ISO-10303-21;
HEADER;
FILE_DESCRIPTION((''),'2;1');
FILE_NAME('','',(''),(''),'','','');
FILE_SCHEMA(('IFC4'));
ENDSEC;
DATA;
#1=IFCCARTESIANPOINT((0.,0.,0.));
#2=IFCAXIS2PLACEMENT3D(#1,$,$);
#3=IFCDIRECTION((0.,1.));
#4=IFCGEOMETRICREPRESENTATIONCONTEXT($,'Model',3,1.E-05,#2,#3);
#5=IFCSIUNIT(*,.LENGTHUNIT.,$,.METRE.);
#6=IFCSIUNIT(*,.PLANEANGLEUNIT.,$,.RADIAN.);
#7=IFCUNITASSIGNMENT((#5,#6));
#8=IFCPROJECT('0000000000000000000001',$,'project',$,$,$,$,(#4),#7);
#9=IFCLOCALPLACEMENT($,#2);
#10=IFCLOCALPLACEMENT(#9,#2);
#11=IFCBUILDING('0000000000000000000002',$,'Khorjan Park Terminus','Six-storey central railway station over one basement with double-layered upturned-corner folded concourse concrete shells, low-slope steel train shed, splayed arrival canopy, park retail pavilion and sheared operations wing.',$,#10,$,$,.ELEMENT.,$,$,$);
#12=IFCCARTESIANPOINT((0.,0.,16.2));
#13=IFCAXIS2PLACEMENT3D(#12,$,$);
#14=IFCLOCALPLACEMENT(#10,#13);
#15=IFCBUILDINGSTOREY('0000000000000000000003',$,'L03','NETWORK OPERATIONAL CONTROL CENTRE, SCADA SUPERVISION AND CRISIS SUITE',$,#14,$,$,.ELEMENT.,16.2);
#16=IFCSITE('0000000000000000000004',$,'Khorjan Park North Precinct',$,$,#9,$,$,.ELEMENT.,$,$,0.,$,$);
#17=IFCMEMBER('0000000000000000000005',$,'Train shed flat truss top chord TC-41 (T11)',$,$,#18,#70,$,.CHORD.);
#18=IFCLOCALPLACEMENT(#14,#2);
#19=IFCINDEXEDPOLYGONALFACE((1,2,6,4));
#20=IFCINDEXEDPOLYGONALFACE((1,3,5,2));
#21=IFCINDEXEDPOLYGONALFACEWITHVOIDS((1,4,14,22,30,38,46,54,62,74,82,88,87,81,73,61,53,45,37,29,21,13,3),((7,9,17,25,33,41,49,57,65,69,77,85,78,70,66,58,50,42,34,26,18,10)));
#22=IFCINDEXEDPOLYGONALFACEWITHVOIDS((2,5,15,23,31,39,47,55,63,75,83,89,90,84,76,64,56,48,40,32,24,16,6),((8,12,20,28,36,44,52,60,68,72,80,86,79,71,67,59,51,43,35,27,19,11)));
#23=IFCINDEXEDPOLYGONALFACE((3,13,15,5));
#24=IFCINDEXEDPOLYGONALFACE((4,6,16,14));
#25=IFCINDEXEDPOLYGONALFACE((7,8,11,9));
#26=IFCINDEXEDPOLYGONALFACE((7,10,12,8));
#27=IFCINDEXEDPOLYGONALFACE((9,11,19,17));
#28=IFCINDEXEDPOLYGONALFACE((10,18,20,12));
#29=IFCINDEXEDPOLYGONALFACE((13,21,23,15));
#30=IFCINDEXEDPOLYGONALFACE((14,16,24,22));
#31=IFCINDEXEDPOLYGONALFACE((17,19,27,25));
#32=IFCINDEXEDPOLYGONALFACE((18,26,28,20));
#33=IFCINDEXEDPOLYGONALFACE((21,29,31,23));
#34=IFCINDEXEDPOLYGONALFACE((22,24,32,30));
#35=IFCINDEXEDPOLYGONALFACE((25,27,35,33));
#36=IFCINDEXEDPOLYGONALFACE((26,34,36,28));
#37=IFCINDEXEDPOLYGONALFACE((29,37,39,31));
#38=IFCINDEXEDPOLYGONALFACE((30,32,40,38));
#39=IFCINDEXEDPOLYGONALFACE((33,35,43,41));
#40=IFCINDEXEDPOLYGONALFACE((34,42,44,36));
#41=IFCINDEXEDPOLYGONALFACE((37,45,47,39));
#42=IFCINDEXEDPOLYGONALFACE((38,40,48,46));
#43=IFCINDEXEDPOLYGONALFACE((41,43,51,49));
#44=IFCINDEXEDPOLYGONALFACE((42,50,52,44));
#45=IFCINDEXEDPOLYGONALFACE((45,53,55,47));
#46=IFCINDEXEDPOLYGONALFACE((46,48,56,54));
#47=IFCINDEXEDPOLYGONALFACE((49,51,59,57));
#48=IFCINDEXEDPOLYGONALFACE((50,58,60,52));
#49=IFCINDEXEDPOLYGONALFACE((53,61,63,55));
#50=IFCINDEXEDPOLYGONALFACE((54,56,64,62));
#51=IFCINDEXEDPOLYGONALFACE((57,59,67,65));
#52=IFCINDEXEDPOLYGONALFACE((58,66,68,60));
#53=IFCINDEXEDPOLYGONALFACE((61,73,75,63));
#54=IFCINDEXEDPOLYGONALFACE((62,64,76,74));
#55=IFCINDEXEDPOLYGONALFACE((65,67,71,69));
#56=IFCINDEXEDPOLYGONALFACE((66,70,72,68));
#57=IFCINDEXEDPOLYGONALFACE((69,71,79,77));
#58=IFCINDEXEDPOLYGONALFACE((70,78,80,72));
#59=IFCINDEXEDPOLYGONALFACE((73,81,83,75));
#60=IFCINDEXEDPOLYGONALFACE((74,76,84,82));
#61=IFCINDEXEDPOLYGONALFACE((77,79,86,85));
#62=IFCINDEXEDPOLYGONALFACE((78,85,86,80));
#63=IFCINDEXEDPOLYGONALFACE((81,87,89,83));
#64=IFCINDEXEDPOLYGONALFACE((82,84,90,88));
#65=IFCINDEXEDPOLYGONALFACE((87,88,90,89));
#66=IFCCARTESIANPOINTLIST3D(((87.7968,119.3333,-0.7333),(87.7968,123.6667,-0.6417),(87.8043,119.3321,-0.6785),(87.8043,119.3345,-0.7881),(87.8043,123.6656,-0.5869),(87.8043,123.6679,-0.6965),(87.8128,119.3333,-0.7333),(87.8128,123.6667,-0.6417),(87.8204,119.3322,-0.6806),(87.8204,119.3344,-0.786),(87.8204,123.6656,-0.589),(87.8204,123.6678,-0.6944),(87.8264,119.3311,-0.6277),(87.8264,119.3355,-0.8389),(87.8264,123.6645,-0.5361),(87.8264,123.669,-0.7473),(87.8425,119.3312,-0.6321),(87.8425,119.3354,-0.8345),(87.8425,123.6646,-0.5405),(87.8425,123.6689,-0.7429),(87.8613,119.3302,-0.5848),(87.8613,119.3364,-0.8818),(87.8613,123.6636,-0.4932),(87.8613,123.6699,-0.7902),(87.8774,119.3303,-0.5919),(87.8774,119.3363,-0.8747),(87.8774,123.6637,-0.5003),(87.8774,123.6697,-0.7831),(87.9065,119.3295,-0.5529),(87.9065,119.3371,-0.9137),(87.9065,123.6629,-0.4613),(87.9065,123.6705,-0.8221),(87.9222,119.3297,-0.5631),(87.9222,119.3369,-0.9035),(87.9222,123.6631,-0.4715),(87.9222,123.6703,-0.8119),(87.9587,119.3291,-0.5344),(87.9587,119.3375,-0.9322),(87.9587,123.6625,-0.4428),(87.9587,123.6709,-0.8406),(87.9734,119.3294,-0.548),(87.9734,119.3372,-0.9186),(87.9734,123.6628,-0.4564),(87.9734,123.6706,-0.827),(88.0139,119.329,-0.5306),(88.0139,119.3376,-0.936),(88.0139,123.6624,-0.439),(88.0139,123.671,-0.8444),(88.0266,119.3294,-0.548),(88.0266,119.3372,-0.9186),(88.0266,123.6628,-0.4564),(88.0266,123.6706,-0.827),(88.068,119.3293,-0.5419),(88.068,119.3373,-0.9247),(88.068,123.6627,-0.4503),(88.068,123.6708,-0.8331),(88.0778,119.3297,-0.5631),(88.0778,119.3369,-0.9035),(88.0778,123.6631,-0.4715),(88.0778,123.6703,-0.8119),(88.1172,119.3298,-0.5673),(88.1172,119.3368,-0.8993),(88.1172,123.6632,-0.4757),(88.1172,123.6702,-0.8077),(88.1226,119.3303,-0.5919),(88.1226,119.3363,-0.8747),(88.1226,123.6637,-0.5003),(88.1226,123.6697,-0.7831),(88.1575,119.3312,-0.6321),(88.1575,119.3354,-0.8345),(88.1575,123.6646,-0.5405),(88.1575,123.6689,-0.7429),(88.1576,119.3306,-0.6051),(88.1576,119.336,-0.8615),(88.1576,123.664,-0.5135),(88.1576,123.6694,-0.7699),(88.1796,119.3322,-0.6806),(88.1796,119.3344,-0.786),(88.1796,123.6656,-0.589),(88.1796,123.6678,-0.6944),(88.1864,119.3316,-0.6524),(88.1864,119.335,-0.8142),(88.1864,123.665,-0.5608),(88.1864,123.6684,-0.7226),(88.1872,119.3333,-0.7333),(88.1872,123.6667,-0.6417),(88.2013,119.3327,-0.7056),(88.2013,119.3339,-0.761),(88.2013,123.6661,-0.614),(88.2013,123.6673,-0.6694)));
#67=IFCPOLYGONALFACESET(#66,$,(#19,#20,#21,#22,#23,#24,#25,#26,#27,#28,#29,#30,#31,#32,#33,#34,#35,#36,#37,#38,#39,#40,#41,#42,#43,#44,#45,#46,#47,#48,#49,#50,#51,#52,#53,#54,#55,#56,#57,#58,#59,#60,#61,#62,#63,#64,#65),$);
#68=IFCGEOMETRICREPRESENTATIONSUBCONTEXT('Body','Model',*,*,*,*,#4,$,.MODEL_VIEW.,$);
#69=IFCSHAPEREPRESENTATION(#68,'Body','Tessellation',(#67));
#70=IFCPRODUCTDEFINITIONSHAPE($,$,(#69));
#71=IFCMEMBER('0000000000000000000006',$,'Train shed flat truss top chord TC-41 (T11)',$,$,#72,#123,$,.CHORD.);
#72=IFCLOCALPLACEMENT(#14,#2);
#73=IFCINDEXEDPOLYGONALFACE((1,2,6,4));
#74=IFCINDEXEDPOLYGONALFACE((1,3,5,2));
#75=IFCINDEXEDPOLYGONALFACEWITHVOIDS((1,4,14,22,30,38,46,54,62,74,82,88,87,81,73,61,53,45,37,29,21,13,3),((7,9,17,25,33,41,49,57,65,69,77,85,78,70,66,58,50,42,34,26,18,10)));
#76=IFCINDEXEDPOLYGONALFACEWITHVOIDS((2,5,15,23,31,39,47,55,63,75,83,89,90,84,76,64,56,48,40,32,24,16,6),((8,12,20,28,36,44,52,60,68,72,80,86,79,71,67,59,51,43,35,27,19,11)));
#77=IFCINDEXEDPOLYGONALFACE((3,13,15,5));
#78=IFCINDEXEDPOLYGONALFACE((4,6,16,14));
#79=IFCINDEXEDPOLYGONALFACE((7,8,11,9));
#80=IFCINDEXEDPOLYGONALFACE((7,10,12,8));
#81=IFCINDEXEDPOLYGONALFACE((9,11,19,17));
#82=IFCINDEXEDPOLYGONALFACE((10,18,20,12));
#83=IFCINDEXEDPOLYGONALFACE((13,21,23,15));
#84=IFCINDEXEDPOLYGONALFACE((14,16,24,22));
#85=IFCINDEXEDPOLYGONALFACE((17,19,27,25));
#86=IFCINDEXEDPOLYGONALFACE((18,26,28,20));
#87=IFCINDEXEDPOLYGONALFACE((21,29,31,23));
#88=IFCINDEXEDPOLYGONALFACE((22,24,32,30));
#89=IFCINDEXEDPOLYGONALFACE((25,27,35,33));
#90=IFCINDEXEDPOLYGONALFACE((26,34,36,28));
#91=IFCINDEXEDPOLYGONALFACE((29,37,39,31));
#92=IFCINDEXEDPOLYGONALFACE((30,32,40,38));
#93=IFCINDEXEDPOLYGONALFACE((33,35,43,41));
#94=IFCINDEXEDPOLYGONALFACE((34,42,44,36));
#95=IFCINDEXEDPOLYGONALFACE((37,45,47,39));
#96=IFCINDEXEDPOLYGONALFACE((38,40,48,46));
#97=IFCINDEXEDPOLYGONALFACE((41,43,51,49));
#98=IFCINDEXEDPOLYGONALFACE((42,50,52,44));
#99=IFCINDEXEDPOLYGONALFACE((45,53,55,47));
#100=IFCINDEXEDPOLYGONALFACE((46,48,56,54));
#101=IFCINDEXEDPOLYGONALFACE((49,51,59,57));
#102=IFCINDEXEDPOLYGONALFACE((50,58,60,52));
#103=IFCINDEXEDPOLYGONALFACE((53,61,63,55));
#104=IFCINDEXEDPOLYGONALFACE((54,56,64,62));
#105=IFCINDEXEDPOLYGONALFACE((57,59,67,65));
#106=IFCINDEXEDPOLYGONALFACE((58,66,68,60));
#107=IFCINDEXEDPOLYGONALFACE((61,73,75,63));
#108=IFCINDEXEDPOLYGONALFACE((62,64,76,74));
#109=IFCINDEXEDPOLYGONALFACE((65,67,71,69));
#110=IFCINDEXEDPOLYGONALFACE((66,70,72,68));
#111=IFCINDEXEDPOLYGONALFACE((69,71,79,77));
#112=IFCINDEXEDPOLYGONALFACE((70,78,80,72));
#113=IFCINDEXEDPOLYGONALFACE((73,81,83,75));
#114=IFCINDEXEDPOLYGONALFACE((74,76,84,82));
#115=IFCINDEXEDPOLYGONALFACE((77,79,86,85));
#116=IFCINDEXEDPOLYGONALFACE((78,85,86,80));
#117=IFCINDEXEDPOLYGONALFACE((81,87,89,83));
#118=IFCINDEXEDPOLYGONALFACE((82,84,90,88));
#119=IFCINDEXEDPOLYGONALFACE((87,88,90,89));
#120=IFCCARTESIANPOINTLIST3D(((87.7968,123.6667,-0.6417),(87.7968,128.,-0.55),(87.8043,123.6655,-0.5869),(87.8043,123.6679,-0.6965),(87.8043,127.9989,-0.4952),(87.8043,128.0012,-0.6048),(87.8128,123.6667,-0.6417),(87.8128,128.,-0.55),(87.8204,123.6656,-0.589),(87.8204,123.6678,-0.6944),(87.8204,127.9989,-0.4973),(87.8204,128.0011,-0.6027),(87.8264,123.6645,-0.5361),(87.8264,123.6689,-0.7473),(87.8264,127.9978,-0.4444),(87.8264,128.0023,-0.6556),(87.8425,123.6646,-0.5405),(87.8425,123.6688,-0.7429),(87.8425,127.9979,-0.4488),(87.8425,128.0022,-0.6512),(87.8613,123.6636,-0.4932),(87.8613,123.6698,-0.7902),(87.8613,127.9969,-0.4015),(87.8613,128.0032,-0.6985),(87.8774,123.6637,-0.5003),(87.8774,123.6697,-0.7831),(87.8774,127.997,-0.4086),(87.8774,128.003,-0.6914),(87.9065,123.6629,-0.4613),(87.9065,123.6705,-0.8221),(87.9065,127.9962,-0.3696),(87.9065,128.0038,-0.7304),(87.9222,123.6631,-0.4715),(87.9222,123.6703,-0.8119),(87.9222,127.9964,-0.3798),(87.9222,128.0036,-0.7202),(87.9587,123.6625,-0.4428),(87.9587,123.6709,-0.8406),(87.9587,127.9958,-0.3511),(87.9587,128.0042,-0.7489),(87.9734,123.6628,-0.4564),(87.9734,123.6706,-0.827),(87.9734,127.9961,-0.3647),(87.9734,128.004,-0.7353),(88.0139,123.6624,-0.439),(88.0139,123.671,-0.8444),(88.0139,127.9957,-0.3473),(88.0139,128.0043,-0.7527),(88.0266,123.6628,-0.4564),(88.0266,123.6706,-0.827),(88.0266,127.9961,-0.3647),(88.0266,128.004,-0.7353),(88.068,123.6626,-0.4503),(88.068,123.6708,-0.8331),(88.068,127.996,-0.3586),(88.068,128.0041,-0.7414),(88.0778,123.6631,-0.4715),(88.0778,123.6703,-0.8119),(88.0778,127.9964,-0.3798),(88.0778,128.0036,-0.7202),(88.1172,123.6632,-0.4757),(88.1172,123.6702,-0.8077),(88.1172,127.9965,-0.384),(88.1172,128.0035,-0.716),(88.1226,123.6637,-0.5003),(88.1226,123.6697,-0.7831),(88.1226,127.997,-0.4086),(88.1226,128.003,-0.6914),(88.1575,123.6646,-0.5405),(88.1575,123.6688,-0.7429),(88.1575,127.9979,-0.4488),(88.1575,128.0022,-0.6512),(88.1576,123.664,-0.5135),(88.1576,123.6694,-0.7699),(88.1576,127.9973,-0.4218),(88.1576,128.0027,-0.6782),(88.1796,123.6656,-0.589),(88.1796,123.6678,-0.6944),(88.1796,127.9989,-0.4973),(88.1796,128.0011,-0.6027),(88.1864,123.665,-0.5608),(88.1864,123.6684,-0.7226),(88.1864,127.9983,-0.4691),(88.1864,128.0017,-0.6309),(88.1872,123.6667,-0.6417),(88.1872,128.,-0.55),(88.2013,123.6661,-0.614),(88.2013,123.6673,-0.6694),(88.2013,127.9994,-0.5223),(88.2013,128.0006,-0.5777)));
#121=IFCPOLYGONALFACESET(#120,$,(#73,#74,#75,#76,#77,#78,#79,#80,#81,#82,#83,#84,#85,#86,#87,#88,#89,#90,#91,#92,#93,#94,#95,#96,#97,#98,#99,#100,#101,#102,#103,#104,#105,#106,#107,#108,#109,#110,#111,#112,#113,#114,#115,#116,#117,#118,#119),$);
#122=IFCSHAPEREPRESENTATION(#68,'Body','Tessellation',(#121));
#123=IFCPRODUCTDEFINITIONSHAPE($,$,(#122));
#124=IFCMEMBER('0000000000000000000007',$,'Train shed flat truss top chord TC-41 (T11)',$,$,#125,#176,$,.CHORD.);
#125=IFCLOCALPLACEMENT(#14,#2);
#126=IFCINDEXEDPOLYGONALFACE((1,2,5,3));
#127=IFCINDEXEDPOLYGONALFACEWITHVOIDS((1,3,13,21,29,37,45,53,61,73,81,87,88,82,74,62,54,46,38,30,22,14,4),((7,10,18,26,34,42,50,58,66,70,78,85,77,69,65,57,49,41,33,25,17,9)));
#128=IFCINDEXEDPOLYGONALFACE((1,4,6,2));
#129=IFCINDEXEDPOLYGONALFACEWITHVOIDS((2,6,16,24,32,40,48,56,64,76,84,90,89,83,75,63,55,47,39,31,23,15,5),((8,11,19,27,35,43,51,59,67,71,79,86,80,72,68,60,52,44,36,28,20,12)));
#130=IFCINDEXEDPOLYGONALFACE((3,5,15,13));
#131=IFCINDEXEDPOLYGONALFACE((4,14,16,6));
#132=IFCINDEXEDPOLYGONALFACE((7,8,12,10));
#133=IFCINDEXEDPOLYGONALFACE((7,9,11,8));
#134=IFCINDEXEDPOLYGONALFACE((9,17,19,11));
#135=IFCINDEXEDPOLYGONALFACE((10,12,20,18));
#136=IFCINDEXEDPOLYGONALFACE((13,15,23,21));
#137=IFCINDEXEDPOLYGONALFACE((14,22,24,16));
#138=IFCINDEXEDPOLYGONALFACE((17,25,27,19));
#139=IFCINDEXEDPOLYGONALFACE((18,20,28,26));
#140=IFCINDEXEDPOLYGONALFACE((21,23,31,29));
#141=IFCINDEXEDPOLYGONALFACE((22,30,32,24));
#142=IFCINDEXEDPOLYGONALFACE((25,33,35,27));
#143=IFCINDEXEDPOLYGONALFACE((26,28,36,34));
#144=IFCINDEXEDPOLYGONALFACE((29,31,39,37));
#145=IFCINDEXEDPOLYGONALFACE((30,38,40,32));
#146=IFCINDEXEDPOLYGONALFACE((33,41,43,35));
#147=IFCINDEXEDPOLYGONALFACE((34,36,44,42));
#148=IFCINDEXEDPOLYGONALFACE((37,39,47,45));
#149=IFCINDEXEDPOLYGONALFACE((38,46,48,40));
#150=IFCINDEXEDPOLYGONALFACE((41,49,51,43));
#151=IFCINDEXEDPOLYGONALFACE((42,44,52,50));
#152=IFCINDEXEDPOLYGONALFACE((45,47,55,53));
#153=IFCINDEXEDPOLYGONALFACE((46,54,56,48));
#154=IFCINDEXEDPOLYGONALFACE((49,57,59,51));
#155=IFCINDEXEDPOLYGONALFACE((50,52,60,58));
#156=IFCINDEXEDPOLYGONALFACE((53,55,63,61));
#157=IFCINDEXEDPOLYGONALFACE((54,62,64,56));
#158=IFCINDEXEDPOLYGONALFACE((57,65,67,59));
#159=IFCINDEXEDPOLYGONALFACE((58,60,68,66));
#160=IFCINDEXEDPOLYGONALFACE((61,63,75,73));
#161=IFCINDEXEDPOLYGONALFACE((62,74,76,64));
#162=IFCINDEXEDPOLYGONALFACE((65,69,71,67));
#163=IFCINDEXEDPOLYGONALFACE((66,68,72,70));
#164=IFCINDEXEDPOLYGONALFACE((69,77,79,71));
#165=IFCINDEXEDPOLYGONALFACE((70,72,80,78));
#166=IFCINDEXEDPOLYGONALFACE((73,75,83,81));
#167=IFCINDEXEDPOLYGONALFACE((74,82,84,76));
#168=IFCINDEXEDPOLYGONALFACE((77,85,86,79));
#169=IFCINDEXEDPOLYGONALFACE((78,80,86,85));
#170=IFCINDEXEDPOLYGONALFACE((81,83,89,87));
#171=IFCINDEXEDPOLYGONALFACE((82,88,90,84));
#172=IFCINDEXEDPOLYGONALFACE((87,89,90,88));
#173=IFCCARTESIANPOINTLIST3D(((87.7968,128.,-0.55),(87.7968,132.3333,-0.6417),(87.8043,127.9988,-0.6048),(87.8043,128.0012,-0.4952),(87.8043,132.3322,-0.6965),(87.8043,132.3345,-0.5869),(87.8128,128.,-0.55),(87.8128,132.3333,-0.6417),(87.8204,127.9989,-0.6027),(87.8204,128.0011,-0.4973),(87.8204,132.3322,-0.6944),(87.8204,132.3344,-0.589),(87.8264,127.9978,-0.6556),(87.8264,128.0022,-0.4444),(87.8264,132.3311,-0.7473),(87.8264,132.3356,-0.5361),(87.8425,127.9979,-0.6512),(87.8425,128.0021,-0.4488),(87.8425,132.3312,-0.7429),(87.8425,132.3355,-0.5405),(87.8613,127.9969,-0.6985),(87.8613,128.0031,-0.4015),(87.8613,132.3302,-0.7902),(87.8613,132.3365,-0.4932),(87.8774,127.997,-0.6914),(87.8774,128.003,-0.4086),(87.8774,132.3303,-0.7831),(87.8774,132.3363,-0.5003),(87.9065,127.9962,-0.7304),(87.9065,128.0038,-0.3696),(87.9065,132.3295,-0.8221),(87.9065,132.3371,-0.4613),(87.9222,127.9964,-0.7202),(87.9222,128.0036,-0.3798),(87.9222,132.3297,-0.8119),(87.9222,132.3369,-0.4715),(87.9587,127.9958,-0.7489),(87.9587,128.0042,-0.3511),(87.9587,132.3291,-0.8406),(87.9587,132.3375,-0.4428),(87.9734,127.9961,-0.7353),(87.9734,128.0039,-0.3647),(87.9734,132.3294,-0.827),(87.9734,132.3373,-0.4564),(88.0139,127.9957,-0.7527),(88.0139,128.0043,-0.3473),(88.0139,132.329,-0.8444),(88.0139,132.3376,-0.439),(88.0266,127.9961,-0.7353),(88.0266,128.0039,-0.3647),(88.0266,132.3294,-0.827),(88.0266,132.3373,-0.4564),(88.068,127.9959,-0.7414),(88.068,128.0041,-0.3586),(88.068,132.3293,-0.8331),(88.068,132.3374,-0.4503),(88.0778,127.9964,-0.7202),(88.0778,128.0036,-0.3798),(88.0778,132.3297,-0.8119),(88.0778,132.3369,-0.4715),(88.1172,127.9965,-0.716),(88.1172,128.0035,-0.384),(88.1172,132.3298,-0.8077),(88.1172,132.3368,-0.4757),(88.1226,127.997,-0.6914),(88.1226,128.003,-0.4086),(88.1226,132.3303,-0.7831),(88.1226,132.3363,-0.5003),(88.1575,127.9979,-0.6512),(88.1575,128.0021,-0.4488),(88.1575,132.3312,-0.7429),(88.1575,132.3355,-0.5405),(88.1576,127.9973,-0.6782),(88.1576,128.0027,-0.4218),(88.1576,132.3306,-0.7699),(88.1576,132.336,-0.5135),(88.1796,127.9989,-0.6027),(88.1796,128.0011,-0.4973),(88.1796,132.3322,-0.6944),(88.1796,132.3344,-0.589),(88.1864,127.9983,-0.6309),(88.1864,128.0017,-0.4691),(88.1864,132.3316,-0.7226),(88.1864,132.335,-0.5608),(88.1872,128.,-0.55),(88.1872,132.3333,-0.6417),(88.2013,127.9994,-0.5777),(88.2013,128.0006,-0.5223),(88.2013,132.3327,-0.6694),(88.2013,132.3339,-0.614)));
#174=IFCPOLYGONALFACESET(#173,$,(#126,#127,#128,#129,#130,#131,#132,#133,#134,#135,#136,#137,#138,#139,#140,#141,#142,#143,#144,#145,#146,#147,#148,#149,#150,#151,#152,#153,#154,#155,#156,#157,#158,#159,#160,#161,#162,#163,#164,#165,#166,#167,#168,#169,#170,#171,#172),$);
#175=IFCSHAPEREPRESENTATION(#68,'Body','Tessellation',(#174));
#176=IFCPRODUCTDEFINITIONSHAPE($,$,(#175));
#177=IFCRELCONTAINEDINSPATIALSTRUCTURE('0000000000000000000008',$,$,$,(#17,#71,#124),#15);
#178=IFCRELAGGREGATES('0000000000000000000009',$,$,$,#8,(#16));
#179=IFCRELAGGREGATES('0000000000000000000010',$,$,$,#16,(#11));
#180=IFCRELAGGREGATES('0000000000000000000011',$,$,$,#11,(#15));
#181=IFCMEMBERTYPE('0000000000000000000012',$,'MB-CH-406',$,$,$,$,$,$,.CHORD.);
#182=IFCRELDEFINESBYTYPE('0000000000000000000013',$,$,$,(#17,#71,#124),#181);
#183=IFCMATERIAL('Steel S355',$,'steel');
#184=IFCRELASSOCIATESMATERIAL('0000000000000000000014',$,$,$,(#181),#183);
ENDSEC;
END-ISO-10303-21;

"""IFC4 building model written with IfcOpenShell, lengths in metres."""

from ifc_helpers import new_model, si_unit, direction, frame, origin, origin_2d, place, context, subcontext, project, spatial, hollow_circle, extrude, material, material_profile, profile_set, type_object, element, save


model = new_model("IFC4")

# Units and contexts
model_context = context("Model", 3, precision=1e-05, world=origin(), true_north=direction((0.0, 1.0)))
body_context = subcontext(model_context, "Body", "Model", "MODEL_VIEW")
ifc_project = project(units=[si_unit("LENGTHUNIT", "METRE"), si_unit("PLANEANGLEUNIT", "RADIAN")], contexts=[model_context])

# Site, building, storey
site_placement = place(None, origin())
site = spatial("IfcSite", under=ifc_project, at=site_placement, Name="Khorjan Park North Precinct", CompositionType="ELEMENT", RefElevation=0.0)
building_placement = place(site_placement, origin())
building = spatial("IfcBuilding", under=site, at=building_placement, Name="Khorjan Park Terminus", Description="Six-storey central railway station over one basement with double-layered upturned-corner folded concourse concrete shells, low-slope steel train shed, splayed arrival canopy, park retail pavilion and sheared operations wing.", CompositionType="ELEMENT")
storey_placement = place(building_placement, frame((0.0, 0.0, 16.2)))
storey = spatial("IfcBuildingStorey", under=building, at=storey_placement, Name="L03", Description="NETWORK OPERATIONAL CONTROL CENTRE, SCADA SUPERVISION AND CRISIS SUITE", CompositionType="ELEMENT", Elevation=16.2)

# Members
ifc_material = material(Name="Steel S355", Category="steel")
ifc_material_profile_1 = material_profile(ifc_material, hollow_circle(Radius=0.2032, WallThickness=0.016, at=origin_2d()), Name="CHS 406.4x16")
ifc_profile_set_1 = profile_set([ifc_material_profile_1], Name="Steel S355")
member_type_1 = type_object("IfcMemberType", Name="MB-CH-406", PredefinedType="CHORD", material=ifc_profile_set_1)
member_1_placement = place(storey_placement, frame((88.0, 119.3333, -0.7333), z_axis=(0.0, 0.999777, 0.021133), x_axis=(-1.0, 0.0, 0.0)))
element("IfcMember", 1, at=member_1_placement, inside=storey, type_object=member_type_1, Name="Train shed flat truss top chord TC-41 (T11)", PredefinedType="CHORD", context=body_context, shape_type="SweptSolid", body=[
    extrude(hollow_circle(Radius=0.2032, WallThickness=0.016, at=origin_2d()), origin(), (0.0, 0.0, 1.0), 4.3344),
])
for number, where, z_axis, x_axis, name in (
    (2, (88.0, 123.6667, -0.6417), (0.0, 0.999776, 0.021157), (-1.0, 0.0, 0.0), "Train shed flat truss top chord TC-41 (T11)"),
    (3, (88.0, 128.0, -0.55), (0.0, 0.999776, -0.021157), (-1.0, 0.0, 0.0), "Train shed flat truss top chord TC-41 (T11)"),
):
    element("IfcMember", number, at=place(storey_placement, frame(where, z_axis=z_axis, x_axis=x_axis)), inside=storey, type_object=member_type_1, Name=name, PredefinedType="CHORD", context=body_context, shape_type="SweptSolid", body=[
        extrude(hollow_circle(Radius=0.2032, WallThickness=0.016, at=origin_2d()), origin(), (0.0, 0.0, 1.0), 4.3343),
    ])

save(model, "model.ifc")
